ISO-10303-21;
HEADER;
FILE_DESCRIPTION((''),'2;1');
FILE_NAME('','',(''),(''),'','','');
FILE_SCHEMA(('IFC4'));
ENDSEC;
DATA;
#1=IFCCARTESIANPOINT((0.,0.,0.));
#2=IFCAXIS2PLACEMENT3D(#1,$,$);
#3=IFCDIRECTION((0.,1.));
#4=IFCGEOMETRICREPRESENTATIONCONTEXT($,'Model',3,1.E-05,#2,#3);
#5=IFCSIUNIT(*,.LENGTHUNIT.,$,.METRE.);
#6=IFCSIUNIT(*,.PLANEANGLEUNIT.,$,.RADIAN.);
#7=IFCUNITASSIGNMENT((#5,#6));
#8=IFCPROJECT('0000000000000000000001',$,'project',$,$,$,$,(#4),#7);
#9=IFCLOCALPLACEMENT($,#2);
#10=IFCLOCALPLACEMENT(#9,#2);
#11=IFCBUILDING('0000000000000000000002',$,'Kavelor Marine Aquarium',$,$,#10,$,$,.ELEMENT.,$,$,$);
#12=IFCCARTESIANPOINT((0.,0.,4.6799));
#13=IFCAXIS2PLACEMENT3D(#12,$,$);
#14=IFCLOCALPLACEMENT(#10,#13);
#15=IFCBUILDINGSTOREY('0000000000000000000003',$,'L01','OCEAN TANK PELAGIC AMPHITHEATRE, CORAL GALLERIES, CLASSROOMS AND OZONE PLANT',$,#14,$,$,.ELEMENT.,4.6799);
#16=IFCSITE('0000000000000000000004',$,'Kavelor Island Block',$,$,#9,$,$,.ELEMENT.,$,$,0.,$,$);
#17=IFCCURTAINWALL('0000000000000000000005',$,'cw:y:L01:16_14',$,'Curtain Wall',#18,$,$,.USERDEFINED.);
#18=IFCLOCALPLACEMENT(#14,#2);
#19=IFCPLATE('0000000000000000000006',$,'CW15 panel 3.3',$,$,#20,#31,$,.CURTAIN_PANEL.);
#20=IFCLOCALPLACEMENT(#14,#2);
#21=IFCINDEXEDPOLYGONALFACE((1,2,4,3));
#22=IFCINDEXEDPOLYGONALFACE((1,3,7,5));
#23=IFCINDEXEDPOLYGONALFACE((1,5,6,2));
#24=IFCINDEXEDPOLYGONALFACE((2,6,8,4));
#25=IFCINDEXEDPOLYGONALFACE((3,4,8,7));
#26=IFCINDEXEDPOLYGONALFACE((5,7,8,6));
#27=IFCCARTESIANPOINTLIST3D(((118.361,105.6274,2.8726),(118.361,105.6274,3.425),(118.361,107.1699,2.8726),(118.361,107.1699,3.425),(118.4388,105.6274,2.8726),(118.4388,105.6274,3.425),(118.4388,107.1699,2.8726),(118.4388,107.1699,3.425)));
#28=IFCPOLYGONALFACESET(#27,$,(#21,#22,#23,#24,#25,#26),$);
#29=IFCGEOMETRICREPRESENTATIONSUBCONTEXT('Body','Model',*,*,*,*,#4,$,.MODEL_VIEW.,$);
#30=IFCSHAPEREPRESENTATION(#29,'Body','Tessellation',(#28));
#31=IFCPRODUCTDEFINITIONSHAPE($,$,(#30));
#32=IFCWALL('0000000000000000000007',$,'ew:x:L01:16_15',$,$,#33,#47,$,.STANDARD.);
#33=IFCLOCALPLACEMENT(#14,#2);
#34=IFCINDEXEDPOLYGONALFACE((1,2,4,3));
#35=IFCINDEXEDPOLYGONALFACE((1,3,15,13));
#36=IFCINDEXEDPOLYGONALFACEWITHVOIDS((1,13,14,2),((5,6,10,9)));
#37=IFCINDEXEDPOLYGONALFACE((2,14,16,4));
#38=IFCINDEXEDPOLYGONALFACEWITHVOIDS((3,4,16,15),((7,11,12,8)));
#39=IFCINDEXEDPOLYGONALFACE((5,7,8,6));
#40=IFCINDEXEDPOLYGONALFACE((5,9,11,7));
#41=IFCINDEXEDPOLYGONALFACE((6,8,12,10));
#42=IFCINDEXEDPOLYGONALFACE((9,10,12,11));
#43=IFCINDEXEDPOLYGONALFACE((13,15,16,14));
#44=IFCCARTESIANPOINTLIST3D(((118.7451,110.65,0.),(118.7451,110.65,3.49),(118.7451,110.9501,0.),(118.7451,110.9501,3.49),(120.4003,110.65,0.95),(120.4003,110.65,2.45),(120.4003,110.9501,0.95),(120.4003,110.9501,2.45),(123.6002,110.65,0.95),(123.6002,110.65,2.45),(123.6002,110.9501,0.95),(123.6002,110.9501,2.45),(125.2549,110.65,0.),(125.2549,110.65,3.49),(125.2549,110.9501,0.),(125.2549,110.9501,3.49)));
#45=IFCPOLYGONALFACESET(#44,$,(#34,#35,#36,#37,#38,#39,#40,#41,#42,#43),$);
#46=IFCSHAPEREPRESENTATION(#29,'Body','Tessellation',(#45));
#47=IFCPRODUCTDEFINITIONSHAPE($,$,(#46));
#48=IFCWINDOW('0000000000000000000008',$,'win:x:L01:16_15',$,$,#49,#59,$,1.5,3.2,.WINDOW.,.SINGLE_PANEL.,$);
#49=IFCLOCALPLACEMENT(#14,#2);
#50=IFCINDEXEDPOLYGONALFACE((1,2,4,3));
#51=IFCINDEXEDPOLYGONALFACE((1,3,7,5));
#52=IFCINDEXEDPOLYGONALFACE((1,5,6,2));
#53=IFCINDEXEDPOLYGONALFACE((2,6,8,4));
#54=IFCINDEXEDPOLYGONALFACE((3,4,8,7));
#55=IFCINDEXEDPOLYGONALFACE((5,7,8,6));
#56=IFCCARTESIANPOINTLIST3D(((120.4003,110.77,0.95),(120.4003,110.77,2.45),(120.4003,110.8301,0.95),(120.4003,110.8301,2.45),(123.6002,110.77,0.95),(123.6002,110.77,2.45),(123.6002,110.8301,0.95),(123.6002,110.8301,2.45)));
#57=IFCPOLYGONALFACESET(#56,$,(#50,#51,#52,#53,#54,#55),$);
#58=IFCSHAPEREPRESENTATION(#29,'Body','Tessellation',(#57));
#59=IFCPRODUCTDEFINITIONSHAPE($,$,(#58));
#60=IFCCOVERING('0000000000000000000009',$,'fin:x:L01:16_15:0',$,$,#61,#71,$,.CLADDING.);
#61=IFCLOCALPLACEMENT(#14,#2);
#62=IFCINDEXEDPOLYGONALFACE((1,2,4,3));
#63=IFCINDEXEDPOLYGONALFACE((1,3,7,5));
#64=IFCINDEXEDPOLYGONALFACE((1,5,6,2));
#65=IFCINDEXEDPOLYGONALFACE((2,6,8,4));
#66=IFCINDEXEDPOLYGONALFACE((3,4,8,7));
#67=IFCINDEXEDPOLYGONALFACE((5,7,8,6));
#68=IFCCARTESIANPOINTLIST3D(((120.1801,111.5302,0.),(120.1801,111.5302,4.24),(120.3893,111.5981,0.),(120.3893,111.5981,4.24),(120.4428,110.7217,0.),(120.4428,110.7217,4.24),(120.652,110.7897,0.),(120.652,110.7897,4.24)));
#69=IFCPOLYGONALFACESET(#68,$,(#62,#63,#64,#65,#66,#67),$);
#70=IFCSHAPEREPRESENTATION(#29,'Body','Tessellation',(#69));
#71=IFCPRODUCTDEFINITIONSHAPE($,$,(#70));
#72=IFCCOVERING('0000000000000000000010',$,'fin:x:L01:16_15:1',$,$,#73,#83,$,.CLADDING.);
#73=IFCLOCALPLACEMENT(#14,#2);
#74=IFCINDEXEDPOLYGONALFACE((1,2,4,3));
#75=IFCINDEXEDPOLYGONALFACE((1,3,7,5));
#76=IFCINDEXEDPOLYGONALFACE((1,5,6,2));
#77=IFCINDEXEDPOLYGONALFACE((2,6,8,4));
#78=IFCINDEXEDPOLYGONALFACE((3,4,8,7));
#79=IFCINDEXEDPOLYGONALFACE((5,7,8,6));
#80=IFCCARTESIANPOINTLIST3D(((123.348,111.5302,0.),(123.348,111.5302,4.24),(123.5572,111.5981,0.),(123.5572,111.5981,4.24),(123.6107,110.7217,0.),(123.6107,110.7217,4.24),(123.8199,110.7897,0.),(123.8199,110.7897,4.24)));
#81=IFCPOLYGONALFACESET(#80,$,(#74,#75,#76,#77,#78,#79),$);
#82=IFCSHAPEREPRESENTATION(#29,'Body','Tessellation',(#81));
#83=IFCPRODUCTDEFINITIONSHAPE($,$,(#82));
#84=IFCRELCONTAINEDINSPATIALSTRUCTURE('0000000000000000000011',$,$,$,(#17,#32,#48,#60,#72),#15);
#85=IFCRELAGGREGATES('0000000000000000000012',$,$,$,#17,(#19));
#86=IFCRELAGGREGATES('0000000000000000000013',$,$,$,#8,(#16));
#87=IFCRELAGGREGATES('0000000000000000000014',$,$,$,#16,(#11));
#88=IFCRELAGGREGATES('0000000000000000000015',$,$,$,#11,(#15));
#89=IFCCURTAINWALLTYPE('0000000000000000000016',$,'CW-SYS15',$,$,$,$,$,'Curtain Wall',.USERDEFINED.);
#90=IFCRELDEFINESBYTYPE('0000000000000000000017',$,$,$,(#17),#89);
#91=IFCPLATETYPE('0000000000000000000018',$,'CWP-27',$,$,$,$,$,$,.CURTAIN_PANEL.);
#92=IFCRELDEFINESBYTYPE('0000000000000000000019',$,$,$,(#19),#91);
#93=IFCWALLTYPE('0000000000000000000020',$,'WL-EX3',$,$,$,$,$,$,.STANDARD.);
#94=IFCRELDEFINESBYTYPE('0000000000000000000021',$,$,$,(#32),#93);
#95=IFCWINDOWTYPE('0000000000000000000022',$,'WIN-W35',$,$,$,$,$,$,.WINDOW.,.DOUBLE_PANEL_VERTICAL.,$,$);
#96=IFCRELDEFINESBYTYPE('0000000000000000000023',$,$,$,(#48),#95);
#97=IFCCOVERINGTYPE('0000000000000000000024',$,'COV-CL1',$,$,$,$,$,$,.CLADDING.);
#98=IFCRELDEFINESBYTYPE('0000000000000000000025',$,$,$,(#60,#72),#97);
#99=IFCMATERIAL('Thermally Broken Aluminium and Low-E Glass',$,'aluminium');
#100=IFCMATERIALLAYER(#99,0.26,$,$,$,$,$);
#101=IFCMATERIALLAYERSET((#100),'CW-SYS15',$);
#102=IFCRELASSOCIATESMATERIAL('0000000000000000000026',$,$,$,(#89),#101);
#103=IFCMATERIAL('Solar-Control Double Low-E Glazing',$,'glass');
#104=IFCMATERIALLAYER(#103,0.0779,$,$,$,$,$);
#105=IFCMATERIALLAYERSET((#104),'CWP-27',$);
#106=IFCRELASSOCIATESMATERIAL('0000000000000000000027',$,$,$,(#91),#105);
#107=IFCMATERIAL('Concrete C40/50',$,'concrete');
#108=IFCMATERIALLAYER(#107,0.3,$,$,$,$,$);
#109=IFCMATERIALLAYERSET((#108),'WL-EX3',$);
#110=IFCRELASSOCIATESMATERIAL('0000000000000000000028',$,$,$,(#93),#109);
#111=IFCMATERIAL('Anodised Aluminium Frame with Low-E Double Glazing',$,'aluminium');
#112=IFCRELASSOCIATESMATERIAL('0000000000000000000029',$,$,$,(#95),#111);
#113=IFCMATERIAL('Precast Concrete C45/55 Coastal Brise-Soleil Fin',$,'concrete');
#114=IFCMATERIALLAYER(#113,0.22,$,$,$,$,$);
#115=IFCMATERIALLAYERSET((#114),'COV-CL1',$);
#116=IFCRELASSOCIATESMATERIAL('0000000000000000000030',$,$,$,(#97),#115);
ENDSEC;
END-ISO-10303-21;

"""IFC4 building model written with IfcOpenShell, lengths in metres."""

from ifc_helpers import new_model, si_unit, direction, frame, frame_2d, origin, origin_2d, place, context, subcontext, project, spatial, rectangle, extrude, material, layer, layer_set, type_object, element, fill, aggregate, save


model = new_model("IFC4")

# Units and contexts
model_context = context("Model", 3, precision=1e-05, world=origin(), true_north=direction((0.0, 1.0)))
body_context = subcontext(model_context, "Body", "Model", "MODEL_VIEW")
ifc_project = project(units=[si_unit("LENGTHUNIT", "METRE"), si_unit("PLANEANGLEUNIT", "RADIAN")], contexts=[model_context])

# Site, building, storey
site_placement = place(None, origin())
site = spatial("IfcSite", under=ifc_project, at=site_placement, Name="Kavelor Island Block", CompositionType="ELEMENT", RefElevation=0.0)
building_placement = place(site_placement, origin())
building = spatial("IfcBuilding", under=site, at=building_placement, Name="Kavelor Marine Aquarium", CompositionType="ELEMENT")
storey_placement = place(building_placement, frame((0.0, 0.0, 4.6799)))
storey = spatial("IfcBuildingStorey", under=building, at=storey_placement, Name="L01", Description="OCEAN TANK PELAGIC AMPHITHEATRE, CORAL GALLERIES, CLASSROOMS AND OZONE PLANT", CompositionType="ELEMENT", Elevation=4.6799)

# Curtain wall
ifc_material_1 = material(Name="Thermally Broken Aluminium and Low-E Glass", Category="aluminium")
ifc_layer_1 = layer(ifc_material_1, 0.26)
ifc_layer_set_1 = layer_set([ifc_layer_1], Name="CW-SYS15")
curtain_wall_type = type_object("IfcCurtainWallType", Name="CW-SYS15", ElementType="Curtain Wall", PredefinedType="USERDEFINED", material=ifc_layer_set_1)
curtain_wall_placement = place(storey_placement, origin())
curtain_wall = element("IfcCurtainWall", 1, at=curtain_wall_placement, inside=storey, type_object=curtain_wall_type, Name="cw:y:L01:16_14", ObjectType="Curtain Wall", PredefinedType="USERDEFINED")

# Plate
ifc_material_2 = material(Name="Solar-Control Double Low-E Glazing", Category="glass")
ifc_layer_2 = layer(ifc_material_2, 0.0779)
ifc_layer_set_2 = layer_set([ifc_layer_2], Name="CWP-27")
plate_type = type_object("IfcPlateType", Name="CWP-27", PredefinedType="CURTAIN_PANEL", material=ifc_layer_set_2)
plate_1_placement = place(storey_placement, frame((118.3999, 106.3987, 2.8726), z_axis=(0.0, 0.0, 1.0), x_axis=(0.0, -1.0, 0.0)))
plate_1 = element("IfcPlate", 2, at=plate_1_placement, type_object=plate_type, Name="CW15 panel 3.3", PredefinedType="CURTAIN_PANEL", context=body_context, shape_type="SweptSolid", body=[
    extrude(rectangle(XDim=1.5425, YDim=0.0779, at=origin_2d()), origin(), (0.0, 0.0, 1.0), 0.5525),
])
aggregate(curtain_wall, [plate_1])

# Wall, opening, window
ifc_material_3 = material(Name="Concrete C40/50", Category="concrete")
ifc_layer_3 = layer(ifc_material_3, 0.3)
ifc_layer_set_3 = layer_set([ifc_layer_3], Name="WL-EX3")
wall_type = type_object("IfcWallType", Name="WL-EX3", PredefinedType="STANDARD", material=ifc_layer_set_3)
wall_placement = place(storey_placement, frame((118.7451, 110.8, 0.0), z_axis=(0.0, 0.0, 1.0), x_axis=(1.0, 0.0, 0.0)))
wall = element("IfcWall", 3, at=wall_placement, inside=storey, type_object=wall_type, Name="ew:x:L01:16_15", PredefinedType="STANDARD", context=body_context, shape_type="SweptSolid", body=[
    extrude(rectangle(XDim=6.5098, YDim=0.3, at=frame_2d((3.2549, 0.0))), origin(), (0.0, 0.0, 1.0), 3.49),
])
opening_placement = place(wall_placement, frame((1.655, 0.0, 0.95)))
opening = element("IfcOpeningElement", 4, at=opening_placement, cuts=wall, PredefinedType="OPENING", context=body_context, shape_type="SweptSolid", body=[
    extrude(rectangle(XDim=3.2, YDim=1.5, at=frame_2d((1.6001, 0.75))), frame((0.0, 0.1599, 0.0), z_axis=(0.0, -1.0, 0.0), x_axis=(1.0, 0.0, 0.0)), (0.0, 0.0, 1.0), 0.32),
])
ifc_material_4 = material(Name="Anodised Aluminium Frame with Low-E Double Glazing", Category="aluminium")
window_type = type_object("IfcWindowType", Name="WIN-W35", PartitioningType="DOUBLE_PANEL_VERTICAL", PredefinedType="WINDOW", material=ifc_material_4)
window_placement = place(opening_placement, origin())
window = element("IfcWindow", 5, at=window_placement, inside=storey, type_object=window_type, Name="win:x:L01:16_15", OverallHeight=1.5, OverallWidth=3.2, PartitioningType="SINGLE_PANEL", PredefinedType="WINDOW", context=body_context, shape_type="SweptSolid", body=[
    extrude(rectangle(XDim=3.2, YDim=1.5, at=frame_2d((1.6001, 0.75))), frame((0.0, 0.03, 0.0), z_axis=(0.0, -1.0, 0.0), x_axis=(1.0, 0.0, 0.0)), (0.0, 0.0, 1.0), 0.0601),
])
fill(opening, window)

# Coverings
ifc_material_5 = material(Name="Precast Concrete C45/55 Coastal Brise-Soleil Fin", Category="concrete")
ifc_layer_4 = layer(ifc_material_5, 0.22)
ifc_layer_set_4 = layer_set([ifc_layer_4], Name="COV-CL1")
covering_type = type_object("IfcCoveringType", Name="COV-CL1", PredefinedType="CLADDING", material=ifc_layer_set_4)
for number, where, z_axis, x_axis, name in (
    (6, (120.416, 111.1599, 0.0), (0.0, 0.0, 1.0), (0.951057, 0.309017, 0.0), "fin:x:L01:16_15:0"),
    (7, (123.584, 111.1599, 0.0), (0.0, 0.0, 1.0), (0.951057, 0.309017, 0.0), "fin:x:L01:16_15:1"),
):
    element("IfcCovering", number, at=place(storey_placement, frame(where, z_axis=z_axis, x_axis=x_axis)), inside=storey, type_object=covering_type, Name=name, PredefinedType="CLADDING", context=body_context, shape_type="SweptSolid", body=[
        extrude(rectangle(XDim=0.22, YDim=0.8501, at=origin_2d()), origin(), (0.0, 0.0, 1.0), 4.24),
    ])

save(model, "model.ifc")
